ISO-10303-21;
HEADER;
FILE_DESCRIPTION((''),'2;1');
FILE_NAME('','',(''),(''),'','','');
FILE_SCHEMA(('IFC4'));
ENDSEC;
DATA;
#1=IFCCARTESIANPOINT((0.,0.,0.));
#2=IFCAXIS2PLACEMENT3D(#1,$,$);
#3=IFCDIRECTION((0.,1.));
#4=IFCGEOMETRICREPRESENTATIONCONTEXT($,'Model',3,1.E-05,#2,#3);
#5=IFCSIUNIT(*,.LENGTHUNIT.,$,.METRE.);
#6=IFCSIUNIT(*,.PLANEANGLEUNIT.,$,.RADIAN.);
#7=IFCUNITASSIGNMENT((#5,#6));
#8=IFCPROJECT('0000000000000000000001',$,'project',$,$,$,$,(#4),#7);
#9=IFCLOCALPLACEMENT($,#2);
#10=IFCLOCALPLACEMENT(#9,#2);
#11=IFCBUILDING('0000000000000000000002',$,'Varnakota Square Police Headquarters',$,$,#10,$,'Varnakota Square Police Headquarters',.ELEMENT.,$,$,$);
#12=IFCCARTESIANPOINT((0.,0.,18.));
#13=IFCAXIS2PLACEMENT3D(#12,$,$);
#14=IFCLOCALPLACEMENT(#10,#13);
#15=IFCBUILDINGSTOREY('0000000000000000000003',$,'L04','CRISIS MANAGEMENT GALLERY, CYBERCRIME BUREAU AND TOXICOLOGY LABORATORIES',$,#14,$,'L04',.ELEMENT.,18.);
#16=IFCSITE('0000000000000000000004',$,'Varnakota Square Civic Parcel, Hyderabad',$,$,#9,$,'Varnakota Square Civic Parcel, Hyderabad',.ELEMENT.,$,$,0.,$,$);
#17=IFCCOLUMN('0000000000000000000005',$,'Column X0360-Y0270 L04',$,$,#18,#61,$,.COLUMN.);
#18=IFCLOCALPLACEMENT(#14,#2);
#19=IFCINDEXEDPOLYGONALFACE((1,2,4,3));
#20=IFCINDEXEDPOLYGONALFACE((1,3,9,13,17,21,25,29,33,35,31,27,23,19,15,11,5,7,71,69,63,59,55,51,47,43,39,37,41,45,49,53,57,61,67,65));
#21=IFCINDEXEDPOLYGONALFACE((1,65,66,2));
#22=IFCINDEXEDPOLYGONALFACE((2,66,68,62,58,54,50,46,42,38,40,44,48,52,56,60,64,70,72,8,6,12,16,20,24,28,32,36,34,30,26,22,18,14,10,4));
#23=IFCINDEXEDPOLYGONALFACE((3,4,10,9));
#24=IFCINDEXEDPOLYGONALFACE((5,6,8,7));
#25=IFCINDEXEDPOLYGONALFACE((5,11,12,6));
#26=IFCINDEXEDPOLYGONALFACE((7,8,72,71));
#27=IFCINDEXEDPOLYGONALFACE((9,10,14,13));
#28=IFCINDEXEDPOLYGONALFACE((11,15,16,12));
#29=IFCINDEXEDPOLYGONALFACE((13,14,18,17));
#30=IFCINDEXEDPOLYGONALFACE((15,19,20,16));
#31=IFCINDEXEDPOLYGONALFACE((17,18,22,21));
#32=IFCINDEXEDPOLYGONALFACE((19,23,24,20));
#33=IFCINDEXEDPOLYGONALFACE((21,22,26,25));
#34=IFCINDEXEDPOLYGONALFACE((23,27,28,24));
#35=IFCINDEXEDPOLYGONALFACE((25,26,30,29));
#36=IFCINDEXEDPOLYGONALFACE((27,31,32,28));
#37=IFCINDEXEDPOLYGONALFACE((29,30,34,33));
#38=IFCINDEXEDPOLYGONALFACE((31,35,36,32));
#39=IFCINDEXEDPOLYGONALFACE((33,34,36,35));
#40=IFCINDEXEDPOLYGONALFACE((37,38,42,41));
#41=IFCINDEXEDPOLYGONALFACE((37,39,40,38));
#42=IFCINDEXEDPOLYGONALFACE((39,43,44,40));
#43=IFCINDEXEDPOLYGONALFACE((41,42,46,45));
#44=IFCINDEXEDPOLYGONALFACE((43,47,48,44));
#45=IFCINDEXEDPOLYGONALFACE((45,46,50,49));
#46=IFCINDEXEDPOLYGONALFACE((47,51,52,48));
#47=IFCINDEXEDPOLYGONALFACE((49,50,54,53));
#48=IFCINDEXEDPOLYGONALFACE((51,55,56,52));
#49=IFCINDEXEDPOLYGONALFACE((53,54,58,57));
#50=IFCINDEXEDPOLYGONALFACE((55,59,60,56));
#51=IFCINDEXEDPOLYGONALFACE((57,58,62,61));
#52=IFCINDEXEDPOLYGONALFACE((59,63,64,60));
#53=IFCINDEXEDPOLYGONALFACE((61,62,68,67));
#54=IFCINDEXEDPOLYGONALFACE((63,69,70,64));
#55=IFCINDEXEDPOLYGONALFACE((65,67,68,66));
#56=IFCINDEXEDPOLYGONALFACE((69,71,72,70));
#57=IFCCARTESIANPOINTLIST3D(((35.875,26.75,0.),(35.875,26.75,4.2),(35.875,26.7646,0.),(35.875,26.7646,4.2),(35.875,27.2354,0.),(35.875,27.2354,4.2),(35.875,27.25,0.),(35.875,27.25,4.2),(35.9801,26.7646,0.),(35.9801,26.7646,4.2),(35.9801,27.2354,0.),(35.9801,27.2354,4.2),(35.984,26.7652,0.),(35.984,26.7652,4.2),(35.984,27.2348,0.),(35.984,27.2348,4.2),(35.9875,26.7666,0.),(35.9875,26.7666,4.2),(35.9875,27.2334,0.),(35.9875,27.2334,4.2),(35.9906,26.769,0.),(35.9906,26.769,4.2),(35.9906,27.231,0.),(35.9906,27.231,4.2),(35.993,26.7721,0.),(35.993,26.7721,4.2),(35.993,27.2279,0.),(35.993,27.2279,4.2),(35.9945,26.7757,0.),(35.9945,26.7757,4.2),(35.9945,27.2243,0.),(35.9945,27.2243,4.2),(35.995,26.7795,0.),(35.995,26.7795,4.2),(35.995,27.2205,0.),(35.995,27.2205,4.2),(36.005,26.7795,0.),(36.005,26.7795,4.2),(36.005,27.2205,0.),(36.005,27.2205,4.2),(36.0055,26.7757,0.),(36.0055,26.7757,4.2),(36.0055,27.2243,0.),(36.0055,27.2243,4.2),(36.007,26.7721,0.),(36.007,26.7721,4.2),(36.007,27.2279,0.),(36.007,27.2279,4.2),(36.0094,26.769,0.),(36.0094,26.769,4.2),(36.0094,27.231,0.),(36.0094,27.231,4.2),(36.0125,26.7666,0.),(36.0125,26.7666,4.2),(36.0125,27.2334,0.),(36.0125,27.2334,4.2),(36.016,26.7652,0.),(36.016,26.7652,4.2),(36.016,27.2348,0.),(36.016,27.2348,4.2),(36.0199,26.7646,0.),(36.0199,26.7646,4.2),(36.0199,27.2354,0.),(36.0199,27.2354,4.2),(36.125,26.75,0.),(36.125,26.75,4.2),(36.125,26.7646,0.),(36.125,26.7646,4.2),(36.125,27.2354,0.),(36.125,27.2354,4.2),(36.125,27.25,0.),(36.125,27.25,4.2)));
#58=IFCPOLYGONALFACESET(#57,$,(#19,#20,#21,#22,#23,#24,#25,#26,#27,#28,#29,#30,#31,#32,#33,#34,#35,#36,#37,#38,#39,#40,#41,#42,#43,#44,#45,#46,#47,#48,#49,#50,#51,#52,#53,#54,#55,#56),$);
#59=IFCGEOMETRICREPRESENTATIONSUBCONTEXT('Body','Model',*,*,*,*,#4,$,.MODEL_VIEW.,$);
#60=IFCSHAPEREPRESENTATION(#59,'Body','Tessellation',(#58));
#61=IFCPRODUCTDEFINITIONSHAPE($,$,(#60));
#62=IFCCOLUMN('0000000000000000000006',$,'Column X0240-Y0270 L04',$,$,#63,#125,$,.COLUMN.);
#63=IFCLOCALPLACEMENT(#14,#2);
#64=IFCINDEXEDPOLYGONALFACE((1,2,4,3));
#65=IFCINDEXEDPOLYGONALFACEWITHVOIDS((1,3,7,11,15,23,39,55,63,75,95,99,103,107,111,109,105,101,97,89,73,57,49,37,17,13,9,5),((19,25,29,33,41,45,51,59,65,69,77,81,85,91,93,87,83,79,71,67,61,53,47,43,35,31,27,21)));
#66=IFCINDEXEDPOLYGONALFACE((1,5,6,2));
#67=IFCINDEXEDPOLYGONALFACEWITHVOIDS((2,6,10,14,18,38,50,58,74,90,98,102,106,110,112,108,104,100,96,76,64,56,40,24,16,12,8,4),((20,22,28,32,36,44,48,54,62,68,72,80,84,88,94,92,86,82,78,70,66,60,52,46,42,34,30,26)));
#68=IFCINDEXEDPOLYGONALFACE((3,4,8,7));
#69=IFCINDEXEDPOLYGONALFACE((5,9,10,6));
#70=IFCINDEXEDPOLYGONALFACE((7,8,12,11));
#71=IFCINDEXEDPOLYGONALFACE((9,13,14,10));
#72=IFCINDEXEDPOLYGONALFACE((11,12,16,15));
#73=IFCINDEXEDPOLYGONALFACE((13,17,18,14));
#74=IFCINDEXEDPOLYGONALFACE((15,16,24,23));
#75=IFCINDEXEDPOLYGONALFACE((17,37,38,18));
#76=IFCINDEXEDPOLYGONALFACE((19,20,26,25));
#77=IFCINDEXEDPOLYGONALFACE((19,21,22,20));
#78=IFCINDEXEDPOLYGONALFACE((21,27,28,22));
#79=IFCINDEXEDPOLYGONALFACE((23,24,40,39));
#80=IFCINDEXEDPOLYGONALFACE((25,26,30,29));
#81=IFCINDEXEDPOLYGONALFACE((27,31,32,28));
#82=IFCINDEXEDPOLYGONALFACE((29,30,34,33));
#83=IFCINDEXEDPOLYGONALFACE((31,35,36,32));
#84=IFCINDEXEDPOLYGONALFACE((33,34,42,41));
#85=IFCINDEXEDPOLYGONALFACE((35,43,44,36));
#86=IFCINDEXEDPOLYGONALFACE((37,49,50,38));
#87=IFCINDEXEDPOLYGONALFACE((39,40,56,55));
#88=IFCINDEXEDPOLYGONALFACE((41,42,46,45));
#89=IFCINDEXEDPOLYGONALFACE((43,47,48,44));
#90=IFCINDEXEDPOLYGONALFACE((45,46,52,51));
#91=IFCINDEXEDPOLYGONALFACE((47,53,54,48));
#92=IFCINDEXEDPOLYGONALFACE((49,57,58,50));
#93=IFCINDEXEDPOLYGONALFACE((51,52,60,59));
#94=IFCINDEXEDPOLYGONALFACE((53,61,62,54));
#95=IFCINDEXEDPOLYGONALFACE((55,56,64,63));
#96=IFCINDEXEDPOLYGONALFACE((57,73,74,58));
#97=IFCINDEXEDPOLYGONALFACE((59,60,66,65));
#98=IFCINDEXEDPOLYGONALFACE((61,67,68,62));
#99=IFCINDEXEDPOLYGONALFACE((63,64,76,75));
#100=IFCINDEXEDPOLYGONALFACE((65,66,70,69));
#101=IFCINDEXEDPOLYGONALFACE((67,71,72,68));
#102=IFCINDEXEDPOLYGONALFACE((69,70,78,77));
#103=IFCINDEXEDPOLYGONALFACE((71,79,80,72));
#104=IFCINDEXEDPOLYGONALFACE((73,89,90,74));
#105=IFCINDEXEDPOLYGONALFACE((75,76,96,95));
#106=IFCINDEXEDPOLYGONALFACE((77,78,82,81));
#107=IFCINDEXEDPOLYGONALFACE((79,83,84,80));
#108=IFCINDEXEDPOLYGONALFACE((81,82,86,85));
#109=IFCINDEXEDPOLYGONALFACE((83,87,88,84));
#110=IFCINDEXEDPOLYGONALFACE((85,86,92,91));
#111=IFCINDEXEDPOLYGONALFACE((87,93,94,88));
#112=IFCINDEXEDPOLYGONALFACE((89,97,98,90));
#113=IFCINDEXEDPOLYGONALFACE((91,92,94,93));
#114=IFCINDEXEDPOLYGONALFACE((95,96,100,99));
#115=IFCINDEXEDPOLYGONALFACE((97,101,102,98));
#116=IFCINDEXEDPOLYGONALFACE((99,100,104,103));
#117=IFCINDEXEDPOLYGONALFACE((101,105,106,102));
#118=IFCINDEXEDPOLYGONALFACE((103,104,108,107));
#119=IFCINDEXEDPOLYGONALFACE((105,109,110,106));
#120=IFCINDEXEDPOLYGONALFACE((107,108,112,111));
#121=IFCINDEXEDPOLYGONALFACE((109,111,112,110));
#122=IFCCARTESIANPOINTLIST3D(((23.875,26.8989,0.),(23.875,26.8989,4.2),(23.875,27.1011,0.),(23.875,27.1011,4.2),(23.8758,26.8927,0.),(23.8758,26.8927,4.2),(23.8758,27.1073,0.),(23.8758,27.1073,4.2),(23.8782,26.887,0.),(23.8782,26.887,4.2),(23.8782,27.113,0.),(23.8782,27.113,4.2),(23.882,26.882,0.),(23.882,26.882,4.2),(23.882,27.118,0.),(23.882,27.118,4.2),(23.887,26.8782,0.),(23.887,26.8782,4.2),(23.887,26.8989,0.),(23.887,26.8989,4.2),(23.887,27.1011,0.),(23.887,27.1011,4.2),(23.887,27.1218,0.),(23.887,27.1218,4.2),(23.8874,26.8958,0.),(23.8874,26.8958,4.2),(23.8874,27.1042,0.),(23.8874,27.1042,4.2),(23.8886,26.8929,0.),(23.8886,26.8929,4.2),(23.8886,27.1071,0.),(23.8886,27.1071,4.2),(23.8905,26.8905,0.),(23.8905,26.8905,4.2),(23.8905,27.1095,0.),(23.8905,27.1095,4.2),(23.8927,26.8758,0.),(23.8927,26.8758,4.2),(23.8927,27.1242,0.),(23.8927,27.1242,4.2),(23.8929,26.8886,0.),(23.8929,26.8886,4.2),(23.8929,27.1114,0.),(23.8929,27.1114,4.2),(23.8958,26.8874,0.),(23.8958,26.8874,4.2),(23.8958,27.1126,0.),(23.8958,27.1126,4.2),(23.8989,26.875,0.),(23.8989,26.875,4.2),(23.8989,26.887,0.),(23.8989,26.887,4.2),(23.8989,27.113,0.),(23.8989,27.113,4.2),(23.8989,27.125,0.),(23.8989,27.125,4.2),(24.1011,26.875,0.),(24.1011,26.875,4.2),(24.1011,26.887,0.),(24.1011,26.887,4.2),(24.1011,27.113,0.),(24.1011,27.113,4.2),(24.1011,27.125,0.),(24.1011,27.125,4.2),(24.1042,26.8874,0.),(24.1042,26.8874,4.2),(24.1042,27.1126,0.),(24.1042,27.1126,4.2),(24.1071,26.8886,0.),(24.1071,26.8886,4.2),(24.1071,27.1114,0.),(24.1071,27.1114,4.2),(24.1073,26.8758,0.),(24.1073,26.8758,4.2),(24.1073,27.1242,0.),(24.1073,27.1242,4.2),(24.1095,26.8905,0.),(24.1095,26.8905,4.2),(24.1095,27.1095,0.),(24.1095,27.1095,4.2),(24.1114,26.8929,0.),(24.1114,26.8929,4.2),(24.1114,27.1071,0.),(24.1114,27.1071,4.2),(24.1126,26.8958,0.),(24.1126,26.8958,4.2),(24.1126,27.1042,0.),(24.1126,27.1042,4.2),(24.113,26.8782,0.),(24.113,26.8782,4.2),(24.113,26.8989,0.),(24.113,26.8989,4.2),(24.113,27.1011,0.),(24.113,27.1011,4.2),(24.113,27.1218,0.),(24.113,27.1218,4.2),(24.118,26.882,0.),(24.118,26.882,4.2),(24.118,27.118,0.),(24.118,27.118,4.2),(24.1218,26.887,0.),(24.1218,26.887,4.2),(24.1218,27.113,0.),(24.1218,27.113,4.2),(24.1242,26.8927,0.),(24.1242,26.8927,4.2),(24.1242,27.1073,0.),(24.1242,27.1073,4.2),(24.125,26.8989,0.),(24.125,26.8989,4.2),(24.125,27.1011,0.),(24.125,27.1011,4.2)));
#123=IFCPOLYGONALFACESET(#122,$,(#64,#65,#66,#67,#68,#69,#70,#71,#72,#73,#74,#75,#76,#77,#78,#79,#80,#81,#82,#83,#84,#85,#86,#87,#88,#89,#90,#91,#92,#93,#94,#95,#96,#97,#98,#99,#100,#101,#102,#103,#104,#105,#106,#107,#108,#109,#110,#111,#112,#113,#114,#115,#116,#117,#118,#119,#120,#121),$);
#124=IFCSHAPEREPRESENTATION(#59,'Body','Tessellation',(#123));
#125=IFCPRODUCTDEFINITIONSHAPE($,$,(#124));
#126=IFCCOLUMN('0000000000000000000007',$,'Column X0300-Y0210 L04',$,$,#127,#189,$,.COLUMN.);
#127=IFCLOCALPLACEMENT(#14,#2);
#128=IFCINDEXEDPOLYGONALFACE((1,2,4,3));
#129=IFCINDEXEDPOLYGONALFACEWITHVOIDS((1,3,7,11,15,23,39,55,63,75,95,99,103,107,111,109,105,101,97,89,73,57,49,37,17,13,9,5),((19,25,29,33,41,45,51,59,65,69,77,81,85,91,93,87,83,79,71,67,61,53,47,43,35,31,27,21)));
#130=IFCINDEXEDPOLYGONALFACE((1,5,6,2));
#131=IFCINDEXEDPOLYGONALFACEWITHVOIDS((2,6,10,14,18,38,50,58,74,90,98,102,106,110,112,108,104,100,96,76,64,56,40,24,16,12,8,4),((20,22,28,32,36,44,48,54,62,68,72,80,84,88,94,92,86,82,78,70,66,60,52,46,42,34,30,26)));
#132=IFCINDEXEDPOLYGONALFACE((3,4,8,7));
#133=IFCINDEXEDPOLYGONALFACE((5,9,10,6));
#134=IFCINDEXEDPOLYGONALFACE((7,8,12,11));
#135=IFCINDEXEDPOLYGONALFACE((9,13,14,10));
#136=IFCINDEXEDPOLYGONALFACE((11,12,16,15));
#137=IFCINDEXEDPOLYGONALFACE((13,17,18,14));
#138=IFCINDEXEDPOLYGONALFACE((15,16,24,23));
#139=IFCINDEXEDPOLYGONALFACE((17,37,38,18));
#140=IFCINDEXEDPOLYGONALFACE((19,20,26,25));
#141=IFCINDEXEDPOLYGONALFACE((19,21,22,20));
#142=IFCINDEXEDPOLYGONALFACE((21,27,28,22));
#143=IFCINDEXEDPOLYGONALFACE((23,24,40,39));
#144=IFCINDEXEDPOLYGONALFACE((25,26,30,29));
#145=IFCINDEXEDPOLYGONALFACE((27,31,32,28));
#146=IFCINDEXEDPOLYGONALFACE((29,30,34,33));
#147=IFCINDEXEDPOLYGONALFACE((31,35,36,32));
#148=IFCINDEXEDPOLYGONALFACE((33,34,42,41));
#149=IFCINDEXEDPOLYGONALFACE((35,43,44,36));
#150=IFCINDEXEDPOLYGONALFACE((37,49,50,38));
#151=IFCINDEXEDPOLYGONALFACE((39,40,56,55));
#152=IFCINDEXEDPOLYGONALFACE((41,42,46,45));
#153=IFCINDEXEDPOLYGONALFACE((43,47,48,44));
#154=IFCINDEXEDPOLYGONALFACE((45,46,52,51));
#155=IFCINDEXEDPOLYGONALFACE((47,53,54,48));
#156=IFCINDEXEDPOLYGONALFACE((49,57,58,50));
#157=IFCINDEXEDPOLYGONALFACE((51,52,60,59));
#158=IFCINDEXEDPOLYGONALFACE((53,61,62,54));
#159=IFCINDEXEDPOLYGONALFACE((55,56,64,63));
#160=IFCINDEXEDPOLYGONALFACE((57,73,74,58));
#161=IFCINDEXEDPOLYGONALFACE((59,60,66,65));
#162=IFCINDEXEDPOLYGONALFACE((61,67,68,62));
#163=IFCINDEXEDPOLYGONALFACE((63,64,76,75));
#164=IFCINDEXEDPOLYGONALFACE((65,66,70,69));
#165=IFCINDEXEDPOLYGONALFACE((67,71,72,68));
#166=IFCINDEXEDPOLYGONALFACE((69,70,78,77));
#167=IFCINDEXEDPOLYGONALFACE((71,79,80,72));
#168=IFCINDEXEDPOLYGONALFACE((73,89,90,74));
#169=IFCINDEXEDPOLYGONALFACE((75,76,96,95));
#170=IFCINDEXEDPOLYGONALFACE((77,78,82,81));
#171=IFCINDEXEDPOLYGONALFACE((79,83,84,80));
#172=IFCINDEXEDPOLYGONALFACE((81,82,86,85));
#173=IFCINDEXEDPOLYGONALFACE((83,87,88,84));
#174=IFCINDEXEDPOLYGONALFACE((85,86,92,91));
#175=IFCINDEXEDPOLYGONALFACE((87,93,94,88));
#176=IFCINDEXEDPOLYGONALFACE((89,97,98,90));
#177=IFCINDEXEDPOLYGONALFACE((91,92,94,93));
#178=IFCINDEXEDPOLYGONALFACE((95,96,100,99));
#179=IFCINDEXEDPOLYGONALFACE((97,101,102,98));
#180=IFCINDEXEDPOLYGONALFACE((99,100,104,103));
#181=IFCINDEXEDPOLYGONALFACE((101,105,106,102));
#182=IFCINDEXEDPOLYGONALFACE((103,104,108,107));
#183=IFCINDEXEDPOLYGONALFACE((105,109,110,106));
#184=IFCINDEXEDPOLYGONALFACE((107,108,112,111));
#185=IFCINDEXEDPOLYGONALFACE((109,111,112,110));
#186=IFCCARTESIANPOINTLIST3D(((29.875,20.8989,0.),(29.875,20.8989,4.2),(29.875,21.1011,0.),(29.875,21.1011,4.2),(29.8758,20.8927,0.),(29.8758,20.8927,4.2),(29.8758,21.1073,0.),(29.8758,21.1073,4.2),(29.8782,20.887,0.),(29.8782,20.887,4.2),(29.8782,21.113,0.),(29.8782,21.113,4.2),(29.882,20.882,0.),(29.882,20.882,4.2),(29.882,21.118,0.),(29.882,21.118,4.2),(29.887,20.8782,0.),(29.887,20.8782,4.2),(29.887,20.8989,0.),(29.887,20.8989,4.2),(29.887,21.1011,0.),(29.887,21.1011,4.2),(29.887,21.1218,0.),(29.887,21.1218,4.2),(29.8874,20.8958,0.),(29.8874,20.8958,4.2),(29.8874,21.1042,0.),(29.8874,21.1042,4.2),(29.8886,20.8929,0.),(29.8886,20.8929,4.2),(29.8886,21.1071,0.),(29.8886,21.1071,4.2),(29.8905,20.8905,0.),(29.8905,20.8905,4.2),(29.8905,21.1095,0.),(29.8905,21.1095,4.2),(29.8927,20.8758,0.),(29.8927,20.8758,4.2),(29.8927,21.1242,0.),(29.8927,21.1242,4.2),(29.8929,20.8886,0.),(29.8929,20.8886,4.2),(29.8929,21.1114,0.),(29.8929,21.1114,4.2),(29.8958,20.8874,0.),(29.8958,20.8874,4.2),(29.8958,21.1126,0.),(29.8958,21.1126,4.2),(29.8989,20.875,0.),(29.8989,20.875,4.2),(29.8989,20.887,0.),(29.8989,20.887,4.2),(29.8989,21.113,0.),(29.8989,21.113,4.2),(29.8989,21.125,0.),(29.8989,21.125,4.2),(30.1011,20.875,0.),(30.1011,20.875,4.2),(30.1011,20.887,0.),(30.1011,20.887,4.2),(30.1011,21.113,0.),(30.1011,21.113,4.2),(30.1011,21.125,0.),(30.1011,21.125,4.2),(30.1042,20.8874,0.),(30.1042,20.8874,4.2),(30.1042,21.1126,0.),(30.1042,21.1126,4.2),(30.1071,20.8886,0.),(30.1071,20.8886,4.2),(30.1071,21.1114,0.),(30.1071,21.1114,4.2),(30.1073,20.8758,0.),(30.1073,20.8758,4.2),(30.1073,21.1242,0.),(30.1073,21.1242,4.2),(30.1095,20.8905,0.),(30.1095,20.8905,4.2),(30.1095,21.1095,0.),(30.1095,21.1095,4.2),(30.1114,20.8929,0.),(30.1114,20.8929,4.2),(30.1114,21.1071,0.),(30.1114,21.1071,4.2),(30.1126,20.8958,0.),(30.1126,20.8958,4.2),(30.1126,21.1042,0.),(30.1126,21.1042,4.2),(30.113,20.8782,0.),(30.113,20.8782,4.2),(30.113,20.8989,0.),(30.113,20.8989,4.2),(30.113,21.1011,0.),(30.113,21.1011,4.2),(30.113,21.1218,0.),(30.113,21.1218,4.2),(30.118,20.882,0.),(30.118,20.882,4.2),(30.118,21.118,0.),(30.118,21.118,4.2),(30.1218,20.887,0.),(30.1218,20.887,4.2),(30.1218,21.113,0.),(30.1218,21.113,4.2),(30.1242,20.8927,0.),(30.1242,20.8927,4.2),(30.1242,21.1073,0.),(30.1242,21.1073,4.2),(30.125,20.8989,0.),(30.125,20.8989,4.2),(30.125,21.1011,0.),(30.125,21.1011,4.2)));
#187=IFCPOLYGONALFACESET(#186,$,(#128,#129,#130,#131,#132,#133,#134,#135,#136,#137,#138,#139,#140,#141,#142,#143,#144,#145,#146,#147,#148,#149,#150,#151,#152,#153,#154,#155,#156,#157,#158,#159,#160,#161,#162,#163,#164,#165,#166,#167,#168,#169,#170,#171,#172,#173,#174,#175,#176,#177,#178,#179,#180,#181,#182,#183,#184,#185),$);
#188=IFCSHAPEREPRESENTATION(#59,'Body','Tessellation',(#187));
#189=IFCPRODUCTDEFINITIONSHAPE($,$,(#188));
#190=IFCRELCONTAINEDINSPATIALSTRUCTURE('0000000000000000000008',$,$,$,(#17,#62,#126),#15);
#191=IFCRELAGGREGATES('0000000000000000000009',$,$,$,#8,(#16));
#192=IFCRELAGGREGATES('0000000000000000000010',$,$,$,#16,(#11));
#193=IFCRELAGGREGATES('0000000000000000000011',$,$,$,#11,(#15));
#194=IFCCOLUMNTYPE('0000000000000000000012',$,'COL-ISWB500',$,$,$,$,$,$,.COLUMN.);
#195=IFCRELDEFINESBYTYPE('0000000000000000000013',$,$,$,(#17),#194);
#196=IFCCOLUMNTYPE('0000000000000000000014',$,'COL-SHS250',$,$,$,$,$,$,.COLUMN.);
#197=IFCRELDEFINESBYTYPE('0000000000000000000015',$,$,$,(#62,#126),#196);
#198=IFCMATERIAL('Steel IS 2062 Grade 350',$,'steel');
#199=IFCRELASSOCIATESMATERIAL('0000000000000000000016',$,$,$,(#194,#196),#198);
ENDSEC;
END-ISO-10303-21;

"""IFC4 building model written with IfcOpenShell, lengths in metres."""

from ifc_helpers import new_model, si_unit, direction, frame, origin, origin_2d, place, context, subcontext, project, spatial, hollow_rectangle, i_section, extrude, material, material_profile, profile_set, type_object, element, save


model = new_model("IFC4")

# Units and contexts
model_context = context("Model", 3, precision=1e-05, world=origin(), true_north=direction((0.0, 1.0)))
body_context = subcontext(model_context, "Body", "Model", "MODEL_VIEW")
ifc_project = project(units=[si_unit("LENGTHUNIT", "METRE"), si_unit("PLANEANGLEUNIT", "RADIAN")], contexts=[model_context])

# Site, building, storey
site_placement = place(None, origin())
site = spatial("IfcSite", under=ifc_project, at=site_placement, Name="Varnakota Square Civic Parcel, Hyderabad", LongName="Varnakota Square Civic Parcel, Hyderabad", CompositionType="ELEMENT", RefElevation=0.0)
building_placement = place(site_placement, origin())
building = spatial("IfcBuilding", under=site, at=building_placement, Name="Varnakota Square Police Headquarters", LongName="Varnakota Square Police Headquarters", CompositionType="ELEMENT")
storey_placement = place(building_placement, frame((0.0, 0.0, 18.0)))
storey = spatial("IfcBuildingStorey", under=building, at=storey_placement, Name="L04", Description="CRISIS MANAGEMENT GALLERY, CYBERCRIME BUREAU AND TOXICOLOGY LABORATORIES", LongName="L04", CompositionType="ELEMENT", Elevation=18.0)

# Columns
ifc_material = material(Name="Steel IS 2062 Grade 350", Category="steel")
ifc_material_profile_1 = material_profile(ifc_material, i_section(OverallWidth=0.25, OverallDepth=0.5, WebThickness=0.01, FlangeThickness=0.0146, FilletRadius=0.0149, at=origin_2d()), Name="ISWB 500")
ifc_profile_set_1 = profile_set([ifc_material_profile_1], Name="Steel IS 2062 Grade 350")
column_type_1 = type_object("IfcColumnType", Name="COL-ISWB500", PredefinedType="COLUMN", material=ifc_profile_set_1)
for number, where, z_axis, x_axis, name in (
    (1, (36.0, 27.0, 0.0), (0.0, 0.0, 1.0), (1.0, 0.0, 0.0), "Column X0360-Y0270 L04"),
):
    element("IfcColumn", number, at=place(storey_placement, frame(where, z_axis=z_axis, x_axis=x_axis)), inside=storey, type_object=column_type_1, Name=name, PredefinedType="COLUMN", context=body_context, shape_type="SweptSolid", body=[
        extrude(i_section(OverallWidth=0.25, OverallDepth=0.5, WebThickness=0.01, FlangeThickness=0.0146, FilletRadius=0.0149, at=origin_2d()), origin(), (0.0, 0.0, 1.0), 4.2),
    ])
ifc_material_profile_2 = material_profile(ifc_material, hollow_rectangle(XDim=0.25, YDim=0.25, WallThickness=0.012, InnerFilletRadius=0.012, OuterFilletRadius=0.0239, at=origin_2d()), Name="SHS 250x250x12")
ifc_profile_set_2 = profile_set([ifc_material_profile_2], Name="Steel IS 2062 Grade 350")
column_type_2 = type_object("IfcColumnType", Name="COL-SHS250", PredefinedType="COLUMN", material=ifc_profile_set_2)
for number, where, z_axis, x_axis, name in (
    (2, (24.0, 27.0, 0.0), (0.0, 0.0, 1.0), (1.0, 0.0, 0.0), "Column X0240-Y0270 L04"),
    (3, (30.0, 21.0, 0.0), (0.0, 0.0, 1.0), (1.0, 0.0, 0.0), "Column X0300-Y0210 L04"),
):
    element("IfcColumn", number, at=place(storey_placement, frame(where, z_axis=z_axis, x_axis=x_axis)), inside=storey, type_object=column_type_2, Name=name, PredefinedType="COLUMN", context=body_context, shape_type="SweptSolid", body=[
        extrude(hollow_rectangle(XDim=0.25, YDim=0.25, WallThickness=0.012, InnerFilletRadius=0.012, OuterFilletRadius=0.0239, at=origin_2d()), origin(), (0.0, 0.0, 1.0), 4.2),
    ])

save(model, "model.ifc")
